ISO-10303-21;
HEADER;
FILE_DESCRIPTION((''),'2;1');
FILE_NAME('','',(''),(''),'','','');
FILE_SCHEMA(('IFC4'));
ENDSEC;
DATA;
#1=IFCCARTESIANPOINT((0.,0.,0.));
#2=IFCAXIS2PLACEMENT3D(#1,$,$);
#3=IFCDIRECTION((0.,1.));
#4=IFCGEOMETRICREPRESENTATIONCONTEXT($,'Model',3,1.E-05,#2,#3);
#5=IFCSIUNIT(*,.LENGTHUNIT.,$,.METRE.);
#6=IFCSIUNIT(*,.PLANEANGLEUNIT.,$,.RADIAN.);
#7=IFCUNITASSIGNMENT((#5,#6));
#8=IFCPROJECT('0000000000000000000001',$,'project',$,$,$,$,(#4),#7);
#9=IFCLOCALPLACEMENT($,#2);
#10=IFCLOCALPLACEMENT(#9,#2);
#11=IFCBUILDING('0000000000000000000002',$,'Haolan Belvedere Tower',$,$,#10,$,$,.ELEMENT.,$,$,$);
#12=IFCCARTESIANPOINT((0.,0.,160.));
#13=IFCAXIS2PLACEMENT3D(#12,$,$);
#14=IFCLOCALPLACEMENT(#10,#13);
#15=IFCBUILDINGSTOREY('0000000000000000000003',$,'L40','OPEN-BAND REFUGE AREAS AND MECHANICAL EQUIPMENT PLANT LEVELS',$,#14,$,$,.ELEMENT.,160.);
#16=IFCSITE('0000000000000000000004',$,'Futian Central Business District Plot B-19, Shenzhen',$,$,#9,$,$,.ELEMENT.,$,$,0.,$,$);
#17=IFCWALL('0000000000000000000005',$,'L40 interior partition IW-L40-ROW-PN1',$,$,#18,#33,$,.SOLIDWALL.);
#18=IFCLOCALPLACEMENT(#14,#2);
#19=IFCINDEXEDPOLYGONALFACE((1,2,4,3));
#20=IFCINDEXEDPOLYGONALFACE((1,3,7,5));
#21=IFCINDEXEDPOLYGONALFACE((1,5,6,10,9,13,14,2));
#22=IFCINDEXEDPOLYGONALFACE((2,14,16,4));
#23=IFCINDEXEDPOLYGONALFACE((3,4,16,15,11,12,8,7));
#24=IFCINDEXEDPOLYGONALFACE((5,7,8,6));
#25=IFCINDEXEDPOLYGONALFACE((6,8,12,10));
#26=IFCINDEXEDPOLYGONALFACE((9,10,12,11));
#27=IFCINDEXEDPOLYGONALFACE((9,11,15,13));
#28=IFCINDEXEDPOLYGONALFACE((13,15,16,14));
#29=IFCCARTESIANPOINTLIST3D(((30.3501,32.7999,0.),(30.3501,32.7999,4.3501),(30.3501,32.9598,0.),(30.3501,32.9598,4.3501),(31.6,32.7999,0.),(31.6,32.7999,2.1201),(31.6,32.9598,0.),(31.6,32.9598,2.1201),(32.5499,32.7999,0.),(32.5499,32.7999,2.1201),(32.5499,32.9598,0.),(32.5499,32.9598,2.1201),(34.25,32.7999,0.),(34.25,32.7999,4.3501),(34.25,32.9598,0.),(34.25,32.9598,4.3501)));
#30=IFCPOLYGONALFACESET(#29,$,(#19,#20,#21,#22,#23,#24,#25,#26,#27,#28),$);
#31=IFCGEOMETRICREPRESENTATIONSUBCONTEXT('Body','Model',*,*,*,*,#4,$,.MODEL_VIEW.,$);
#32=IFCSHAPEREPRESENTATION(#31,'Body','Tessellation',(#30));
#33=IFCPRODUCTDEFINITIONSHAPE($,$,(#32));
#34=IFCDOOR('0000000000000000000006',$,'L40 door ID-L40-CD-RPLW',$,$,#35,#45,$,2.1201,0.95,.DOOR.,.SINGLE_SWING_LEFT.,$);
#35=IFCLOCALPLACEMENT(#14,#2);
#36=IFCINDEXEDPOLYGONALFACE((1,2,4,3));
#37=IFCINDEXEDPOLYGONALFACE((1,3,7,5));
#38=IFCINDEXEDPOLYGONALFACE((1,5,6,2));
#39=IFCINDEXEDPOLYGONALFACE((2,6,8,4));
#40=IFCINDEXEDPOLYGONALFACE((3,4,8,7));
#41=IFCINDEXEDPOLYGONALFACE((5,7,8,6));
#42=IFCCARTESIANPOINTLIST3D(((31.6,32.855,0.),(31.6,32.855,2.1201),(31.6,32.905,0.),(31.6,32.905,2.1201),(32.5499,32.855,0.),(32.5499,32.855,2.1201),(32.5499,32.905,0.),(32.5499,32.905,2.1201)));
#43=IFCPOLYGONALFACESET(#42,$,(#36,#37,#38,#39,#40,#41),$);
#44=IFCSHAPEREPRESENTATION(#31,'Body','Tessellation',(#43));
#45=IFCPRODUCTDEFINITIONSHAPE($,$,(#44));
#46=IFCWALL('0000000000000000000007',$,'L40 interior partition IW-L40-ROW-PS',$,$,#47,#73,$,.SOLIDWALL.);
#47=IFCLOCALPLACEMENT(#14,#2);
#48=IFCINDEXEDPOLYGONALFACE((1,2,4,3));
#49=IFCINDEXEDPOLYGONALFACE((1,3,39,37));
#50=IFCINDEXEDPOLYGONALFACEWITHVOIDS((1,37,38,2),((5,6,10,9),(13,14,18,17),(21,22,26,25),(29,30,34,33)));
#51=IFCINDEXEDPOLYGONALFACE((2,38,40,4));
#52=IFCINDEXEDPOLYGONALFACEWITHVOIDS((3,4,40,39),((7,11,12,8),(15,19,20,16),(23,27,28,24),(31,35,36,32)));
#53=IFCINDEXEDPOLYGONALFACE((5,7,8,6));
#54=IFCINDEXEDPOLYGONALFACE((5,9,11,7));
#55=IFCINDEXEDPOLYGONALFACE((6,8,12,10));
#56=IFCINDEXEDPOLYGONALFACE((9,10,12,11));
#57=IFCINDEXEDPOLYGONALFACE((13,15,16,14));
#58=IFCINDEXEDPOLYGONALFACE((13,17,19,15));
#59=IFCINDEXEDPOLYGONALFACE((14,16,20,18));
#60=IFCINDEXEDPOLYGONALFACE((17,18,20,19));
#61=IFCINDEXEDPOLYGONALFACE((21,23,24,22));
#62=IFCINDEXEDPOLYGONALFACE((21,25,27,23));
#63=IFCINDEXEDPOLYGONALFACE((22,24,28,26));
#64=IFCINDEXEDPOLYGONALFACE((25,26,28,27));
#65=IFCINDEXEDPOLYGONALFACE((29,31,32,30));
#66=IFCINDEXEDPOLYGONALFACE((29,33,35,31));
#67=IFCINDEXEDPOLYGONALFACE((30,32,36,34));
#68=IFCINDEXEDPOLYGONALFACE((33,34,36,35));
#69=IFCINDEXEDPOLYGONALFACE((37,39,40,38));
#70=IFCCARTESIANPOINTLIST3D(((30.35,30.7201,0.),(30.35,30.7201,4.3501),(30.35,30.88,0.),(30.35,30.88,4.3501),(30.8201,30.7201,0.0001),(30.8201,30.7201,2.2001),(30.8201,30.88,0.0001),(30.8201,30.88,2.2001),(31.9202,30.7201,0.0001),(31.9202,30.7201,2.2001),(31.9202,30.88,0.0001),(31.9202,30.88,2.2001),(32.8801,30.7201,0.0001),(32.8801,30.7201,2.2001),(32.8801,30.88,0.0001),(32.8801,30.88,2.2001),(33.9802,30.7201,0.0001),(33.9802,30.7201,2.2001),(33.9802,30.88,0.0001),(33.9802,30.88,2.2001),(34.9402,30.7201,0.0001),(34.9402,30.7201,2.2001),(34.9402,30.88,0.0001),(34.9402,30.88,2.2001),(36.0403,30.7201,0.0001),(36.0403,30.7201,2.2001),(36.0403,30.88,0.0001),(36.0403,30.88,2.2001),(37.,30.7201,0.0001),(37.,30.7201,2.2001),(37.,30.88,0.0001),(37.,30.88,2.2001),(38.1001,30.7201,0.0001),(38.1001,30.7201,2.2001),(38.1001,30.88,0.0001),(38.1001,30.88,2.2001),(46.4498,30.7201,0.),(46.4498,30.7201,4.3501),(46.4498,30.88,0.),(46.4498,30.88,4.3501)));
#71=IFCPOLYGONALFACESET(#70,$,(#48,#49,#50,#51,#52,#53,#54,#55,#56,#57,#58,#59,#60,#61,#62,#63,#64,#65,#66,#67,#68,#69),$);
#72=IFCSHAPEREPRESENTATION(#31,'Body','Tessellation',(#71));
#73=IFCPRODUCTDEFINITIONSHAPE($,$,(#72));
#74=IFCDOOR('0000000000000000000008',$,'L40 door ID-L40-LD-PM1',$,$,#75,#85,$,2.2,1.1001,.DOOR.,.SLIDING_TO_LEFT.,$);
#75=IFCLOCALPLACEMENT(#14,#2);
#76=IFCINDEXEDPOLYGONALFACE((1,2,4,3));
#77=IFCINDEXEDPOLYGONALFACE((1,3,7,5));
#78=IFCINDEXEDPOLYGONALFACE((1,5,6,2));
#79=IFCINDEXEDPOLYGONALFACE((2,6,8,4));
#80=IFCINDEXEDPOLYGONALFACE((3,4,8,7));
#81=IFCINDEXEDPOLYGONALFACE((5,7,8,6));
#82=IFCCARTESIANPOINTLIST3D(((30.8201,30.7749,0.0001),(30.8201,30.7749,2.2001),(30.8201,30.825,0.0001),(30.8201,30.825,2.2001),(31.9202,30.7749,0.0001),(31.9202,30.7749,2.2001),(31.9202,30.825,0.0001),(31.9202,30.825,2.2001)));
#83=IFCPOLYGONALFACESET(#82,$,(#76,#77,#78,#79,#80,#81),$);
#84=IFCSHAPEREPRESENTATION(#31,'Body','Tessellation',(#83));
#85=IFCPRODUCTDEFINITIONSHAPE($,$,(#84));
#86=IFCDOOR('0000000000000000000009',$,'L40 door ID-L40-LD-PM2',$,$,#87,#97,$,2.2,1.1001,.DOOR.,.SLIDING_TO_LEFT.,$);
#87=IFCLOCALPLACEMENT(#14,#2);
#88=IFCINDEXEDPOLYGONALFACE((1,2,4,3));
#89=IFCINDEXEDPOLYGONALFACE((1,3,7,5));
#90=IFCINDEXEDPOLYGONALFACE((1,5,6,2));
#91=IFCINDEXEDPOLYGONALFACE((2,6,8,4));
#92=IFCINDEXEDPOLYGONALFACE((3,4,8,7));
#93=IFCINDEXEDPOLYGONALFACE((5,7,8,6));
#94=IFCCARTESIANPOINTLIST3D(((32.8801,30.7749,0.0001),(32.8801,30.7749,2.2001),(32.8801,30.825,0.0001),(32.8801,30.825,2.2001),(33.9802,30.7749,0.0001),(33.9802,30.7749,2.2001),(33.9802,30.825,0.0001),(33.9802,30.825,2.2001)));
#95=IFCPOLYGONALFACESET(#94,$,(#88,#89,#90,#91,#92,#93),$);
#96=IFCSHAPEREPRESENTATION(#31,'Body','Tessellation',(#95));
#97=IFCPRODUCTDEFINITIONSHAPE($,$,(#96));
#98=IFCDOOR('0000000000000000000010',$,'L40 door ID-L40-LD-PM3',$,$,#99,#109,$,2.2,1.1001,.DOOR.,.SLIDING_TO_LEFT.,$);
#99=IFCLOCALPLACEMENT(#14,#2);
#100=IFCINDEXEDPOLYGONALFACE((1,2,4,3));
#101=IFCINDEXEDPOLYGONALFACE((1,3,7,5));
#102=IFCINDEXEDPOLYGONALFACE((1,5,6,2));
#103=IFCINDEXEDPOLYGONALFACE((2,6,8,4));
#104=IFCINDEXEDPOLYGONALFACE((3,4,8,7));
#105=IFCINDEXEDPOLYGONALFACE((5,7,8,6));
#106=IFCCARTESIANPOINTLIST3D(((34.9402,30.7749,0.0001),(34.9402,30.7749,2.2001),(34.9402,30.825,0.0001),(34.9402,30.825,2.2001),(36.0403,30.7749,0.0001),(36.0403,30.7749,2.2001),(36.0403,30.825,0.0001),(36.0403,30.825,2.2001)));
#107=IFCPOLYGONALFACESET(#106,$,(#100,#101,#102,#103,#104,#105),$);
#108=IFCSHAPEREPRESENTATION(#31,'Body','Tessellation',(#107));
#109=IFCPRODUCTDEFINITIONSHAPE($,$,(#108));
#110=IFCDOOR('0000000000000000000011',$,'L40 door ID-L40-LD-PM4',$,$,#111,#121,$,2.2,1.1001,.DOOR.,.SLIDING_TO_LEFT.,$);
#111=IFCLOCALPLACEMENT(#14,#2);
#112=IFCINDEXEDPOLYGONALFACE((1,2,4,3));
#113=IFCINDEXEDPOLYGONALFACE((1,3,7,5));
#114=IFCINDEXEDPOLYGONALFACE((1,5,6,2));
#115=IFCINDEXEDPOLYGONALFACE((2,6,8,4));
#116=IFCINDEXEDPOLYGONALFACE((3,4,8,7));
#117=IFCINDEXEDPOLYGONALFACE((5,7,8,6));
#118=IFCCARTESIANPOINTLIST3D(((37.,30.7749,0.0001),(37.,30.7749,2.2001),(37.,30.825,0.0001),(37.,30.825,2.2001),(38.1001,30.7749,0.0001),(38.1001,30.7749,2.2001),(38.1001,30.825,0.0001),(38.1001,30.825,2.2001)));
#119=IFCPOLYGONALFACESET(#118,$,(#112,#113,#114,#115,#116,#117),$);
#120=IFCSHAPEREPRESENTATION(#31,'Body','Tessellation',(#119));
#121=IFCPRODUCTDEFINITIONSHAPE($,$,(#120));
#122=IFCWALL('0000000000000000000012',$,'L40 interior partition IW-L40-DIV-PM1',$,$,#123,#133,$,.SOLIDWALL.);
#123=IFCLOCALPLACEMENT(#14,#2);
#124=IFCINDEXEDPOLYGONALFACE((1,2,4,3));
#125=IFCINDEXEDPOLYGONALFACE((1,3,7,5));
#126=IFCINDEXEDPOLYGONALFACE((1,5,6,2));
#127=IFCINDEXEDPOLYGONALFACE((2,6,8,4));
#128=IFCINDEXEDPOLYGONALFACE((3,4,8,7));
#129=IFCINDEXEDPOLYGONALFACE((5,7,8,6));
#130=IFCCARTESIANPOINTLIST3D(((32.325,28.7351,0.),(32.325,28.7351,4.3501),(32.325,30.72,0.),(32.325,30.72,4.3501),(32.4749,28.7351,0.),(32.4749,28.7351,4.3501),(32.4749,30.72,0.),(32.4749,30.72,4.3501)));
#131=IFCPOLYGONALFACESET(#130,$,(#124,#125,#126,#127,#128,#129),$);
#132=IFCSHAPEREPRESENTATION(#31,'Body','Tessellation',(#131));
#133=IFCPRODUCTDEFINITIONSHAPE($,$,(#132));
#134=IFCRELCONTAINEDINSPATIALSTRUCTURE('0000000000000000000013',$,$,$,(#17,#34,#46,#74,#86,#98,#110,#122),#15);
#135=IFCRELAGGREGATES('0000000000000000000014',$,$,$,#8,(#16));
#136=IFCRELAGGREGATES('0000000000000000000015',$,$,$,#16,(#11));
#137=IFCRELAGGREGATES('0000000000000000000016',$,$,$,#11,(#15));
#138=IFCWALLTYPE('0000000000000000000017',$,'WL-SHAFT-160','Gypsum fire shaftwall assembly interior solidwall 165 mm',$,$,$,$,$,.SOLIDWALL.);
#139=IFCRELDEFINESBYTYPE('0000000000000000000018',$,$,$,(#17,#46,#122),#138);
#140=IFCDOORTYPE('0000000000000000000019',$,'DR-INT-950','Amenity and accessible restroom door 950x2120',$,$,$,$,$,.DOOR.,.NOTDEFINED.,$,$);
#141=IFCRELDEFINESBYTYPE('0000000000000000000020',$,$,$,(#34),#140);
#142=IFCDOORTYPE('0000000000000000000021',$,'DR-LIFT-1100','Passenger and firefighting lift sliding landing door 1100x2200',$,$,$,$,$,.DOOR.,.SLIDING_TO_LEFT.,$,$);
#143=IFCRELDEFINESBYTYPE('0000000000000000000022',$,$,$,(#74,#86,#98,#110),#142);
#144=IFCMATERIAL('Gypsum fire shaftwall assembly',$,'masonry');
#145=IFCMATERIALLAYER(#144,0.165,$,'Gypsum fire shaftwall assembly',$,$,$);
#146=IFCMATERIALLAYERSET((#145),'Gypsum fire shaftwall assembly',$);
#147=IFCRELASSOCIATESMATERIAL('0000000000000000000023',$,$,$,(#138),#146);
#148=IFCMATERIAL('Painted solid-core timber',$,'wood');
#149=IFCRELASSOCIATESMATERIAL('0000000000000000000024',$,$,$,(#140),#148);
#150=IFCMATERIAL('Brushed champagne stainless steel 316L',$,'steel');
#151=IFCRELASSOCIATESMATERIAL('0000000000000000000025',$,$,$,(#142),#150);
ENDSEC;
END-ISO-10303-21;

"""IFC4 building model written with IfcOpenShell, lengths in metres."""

from ifc_helpers import new_model, si_unit, direction, frame, frame_2d, origin, place, context, subcontext, project, spatial, rectangle, extrude, material, layer, layer_set, type_object, element, fill, save


model = new_model("IFC4")

# Units and contexts
model_context = context("Model", 3, precision=1e-05, world=origin(), true_north=direction((0.0, 1.0)))
body_context = subcontext(model_context, "Body", "Model", "MODEL_VIEW")
ifc_project = project(units=[si_unit("LENGTHUNIT", "METRE"), si_unit("PLANEANGLEUNIT", "RADIAN")], contexts=[model_context])

# Site, building, storey
site_placement = place(None, origin())
site = spatial("IfcSite", under=ifc_project, at=site_placement, Name="Futian Central Business District Plot B-19, Shenzhen", CompositionType="ELEMENT", RefElevation=0.0)
building_placement = place(site_placement, origin())
building = spatial("IfcBuilding", under=site, at=building_placement, Name="Haolan Belvedere Tower", CompositionType="ELEMENT")
storey_placement = place(building_placement, frame((0.0, 0.0, 160.0)))
storey = spatial("IfcBuildingStorey", under=building, at=storey_placement, Name="L40", Description="OPEN-BAND REFUGE AREAS AND MECHANICAL EQUIPMENT PLANT LEVELS", CompositionType="ELEMENT", Elevation=160.0)

# Wall, opening, door
ifc_material_1 = material(Name="Gypsum fire shaftwall assembly", Category="masonry")
ifc_layer_1 = layer(ifc_material_1, 0.165, Name="Gypsum fire shaftwall assembly")
ifc_layer_set_1 = layer_set([ifc_layer_1], Name="Gypsum fire shaftwall assembly")
wall_type_1 = type_object("IfcWallType", Name="WL-SHAFT-160", Description="Gypsum fire shaftwall assembly interior solidwall 165 mm", PredefinedType="SOLIDWALL", material=ifc_layer_set_1)
wall_1_placement = place(storey_placement, frame((30.3501, 32.8799, 0.0), z_axis=(0.0, 0.0, 1.0), x_axis=(1.0, 0.0, 0.0)))
wall_1 = element("IfcWall", 1, at=wall_1_placement, inside=storey, type_object=wall_type_1, Name="L40 interior partition IW-L40-ROW-PN1", PredefinedType="SOLIDWALL", context=body_context, shape_type="SweptSolid", body=[
    extrude(rectangle(XDim=3.8999, YDim=0.1599, at=frame_2d((1.95, 0.0))), origin(), (0.0, 0.0, 1.0), 4.3501),
])
opening_1_placement = place(wall_1_placement, frame((2.2, 0.0, 0.0), z_axis=(0.0, 0.0, 1.0), x_axis=(-1.0, 0.0, 0.0)))
opening_1 = element("IfcOpeningElement", 2, at=opening_1_placement, cuts=wall_1, PredefinedType="OPENING", context=body_context, shape_type="SweptSolid", body=[
    extrude(rectangle(XDim=0.95, YDim=2.1201, at=frame_2d((0.4751, 1.0601))), frame((0.0, 0.0898, 0.0), z_axis=(0.0, -1.0, 0.0), x_axis=(1.0, 0.0, 0.0)), (0.0, 0.0, 1.0), 0.1799),
])
ifc_material_2 = material(Name="Painted solid-core timber", Category="wood")
door_type_1 = type_object("IfcDoorType", Name="DR-INT-950", Description="Amenity and accessible restroom door 950x2120", OperationType="NOTDEFINED", PredefinedType="DOOR", material=ifc_material_2)
door_1_placement = place(opening_1_placement, origin())
door_1 = element("IfcDoor", 3, at=door_1_placement, inside=storey, type_object=door_type_1, Name="L40 door ID-L40-CD-RPLW", OperationType="SINGLE_SWING_LEFT", OverallHeight=2.1201, OverallWidth=0.95, PredefinedType="DOOR", context=body_context, shape_type="SweptSolid", body=[
    extrude(rectangle(XDim=0.95, YDim=2.1201, at=frame_2d((0.4751, 1.0601))), frame((0.0, 0.0249, 0.0), z_axis=(0.0, -1.0, 0.0), x_axis=(1.0, 0.0, 0.0)), (0.0, 0.0, 1.0), 0.05),
])
fill(opening_1, door_1)

# Wall, openings, doors
wall_2_placement = place(storey_placement, frame((30.3501, 30.8, 0.0), z_axis=(0.0, 0.0, 1.0), x_axis=(1.0, 0.0, 0.0)))
wall_2 = element("IfcWall", 4, at=wall_2_placement, inside=storey, type_object=wall_type_1, Name="L40 interior partition IW-L40-ROW-PS", PredefinedType="SOLIDWALL", context=body_context, shape_type="SweptSolid", body=[
    extrude(rectangle(XDim=16.0999, YDim=0.1599, at=frame_2d((8.0498, 0.0))), origin(), (0.0, 0.0, 1.0), 4.3501),
])
opening_2_placement = place(wall_2_placement, frame((0.47, 0.0, 0.0)))
opening_2 = element("IfcOpeningElement", 5, at=opening_2_placement, cuts=wall_2, PredefinedType="OPENING", context=body_context, shape_type="SweptSolid", body=[
    extrude(rectangle(XDim=1.1001, YDim=2.2, at=frame_2d((0.55, 1.1001))), frame((0.0, 0.0898, 0.0), z_axis=(0.0, -1.0, 0.0), x_axis=(1.0, 0.0, 0.0)), (0.0, 0.0, 1.0), 0.1799),
])
opening_3_placement = place(wall_2_placement, frame((2.53, 0.0, 0.0)))
opening_3 = element("IfcOpeningElement", 6, at=opening_3_placement, cuts=wall_2, PredefinedType="OPENING", context=body_context, shape_type="SweptSolid", body=[
    extrude(rectangle(XDim=1.1001, YDim=2.2, at=frame_2d((0.55, 1.1001))), frame((0.0, 0.0898, 0.0), z_axis=(0.0, -1.0, 0.0), x_axis=(1.0, 0.0, 0.0)), (0.0, 0.0, 1.0), 0.1799),
])
opening_4_placement = place(wall_2_placement, frame((4.5901, 0.0, 0.0)))
opening_4 = element("IfcOpeningElement", 7, at=opening_4_placement, cuts=wall_2, PredefinedType="OPENING", context=body_context, shape_type="SweptSolid", body=[
    extrude(rectangle(XDim=1.1001, YDim=2.2, at=frame_2d((0.55, 1.1001))), frame((0.0, 0.0898, 0.0), z_axis=(0.0, -1.0, 0.0), x_axis=(1.0, 0.0, 0.0)), (0.0, 0.0, 1.0), 0.1799),
])
opening_5_placement = place(wall_2_placement, frame((6.6499, 0.0, 0.0)))
opening_5 = element("IfcOpeningElement", 8, at=opening_5_placement, cuts=wall_2, PredefinedType="OPENING", context=body_context, shape_type="SweptSolid", body=[
    extrude(rectangle(XDim=1.1001, YDim=2.2, at=frame_2d((0.55, 1.1001))), frame((0.0, 0.0898, 0.0), z_axis=(0.0, -1.0, 0.0), x_axis=(1.0, 0.0, 0.0)), (0.0, 0.0, 1.0), 0.1799),
])
ifc_material_3 = material(Name="Brushed champagne stainless steel 316L", Category="steel")
door_type_2 = type_object("IfcDoorType", Name="DR-LIFT-1100", Description="Passenger and firefighting lift sliding landing door 1100x2200", OperationType="SLIDING_TO_LEFT", PredefinedType="DOOR", material=ifc_material_3)
door_2_placement = place(opening_2_placement, origin())
door_2 = element("IfcDoor", 9, at=door_2_placement, inside=storey, type_object=door_type_2, Name="L40 door ID-L40-LD-PM1", OperationType="SLIDING_TO_LEFT", OverallHeight=2.2, OverallWidth=1.1001, PredefinedType="DOOR", context=body_context, shape_type="SweptSolid", body=[
    extrude(rectangle(XDim=1.1001, YDim=2.2, at=frame_2d((0.55, 1.1001))), frame((0.0, 0.0249, 0.0), z_axis=(0.0, -1.0, 0.0), x_axis=(1.0, 0.0, 0.0)), (0.0, 0.0, 1.0), 0.05),
])
fill(opening_2, door_2)
door_3_placement = place(opening_3_placement, origin())
door_3 = element("IfcDoor", 10, at=door_3_placement, inside=storey, type_object=door_type_2, Name="L40 door ID-L40-LD-PM2", OperationType="SLIDING_TO_LEFT", OverallHeight=2.2, OverallWidth=1.1001, PredefinedType="DOOR", context=body_context, shape_type="SweptSolid", body=[
    extrude(rectangle(XDim=1.1001, YDim=2.2, at=frame_2d((0.55, 1.1001))), frame((0.0, 0.0249, 0.0), z_axis=(0.0, -1.0, 0.0), x_axis=(1.0, 0.0, 0.0)), (0.0, 0.0, 1.0), 0.05),
])
fill(opening_3, door_3)
door_4_placement = place(opening_4_placement, origin())
door_4 = element("IfcDoor", 11, at=door_4_placement, inside=storey, type_object=door_type_2, Name="L40 door ID-L40-LD-PM3", OperationType="SLIDING_TO_LEFT", OverallHeight=2.2, OverallWidth=1.1001, PredefinedType="DOOR", context=body_context, shape_type="SweptSolid", body=[
    extrude(rectangle(XDim=1.1001, YDim=2.2, at=frame_2d((0.55, 1.1001))), frame((0.0, 0.0249, 0.0), z_axis=(0.0, -1.0, 0.0), x_axis=(1.0, 0.0, 0.0)), (0.0, 0.0, 1.0), 0.05),
])
fill(opening_4, door_4)
door_5_placement = place(opening_5_placement, origin())
door_5 = element("IfcDoor", 12, at=door_5_placement, inside=storey, type_object=door_type_2, Name="L40 door ID-L40-LD-PM4", OperationType="SLIDING_TO_LEFT", OverallHeight=2.2, OverallWidth=1.1001, PredefinedType="DOOR", context=body_context, shape_type="SweptSolid", body=[
    extrude(rectangle(XDim=1.1001, YDim=2.2, at=frame_2d((0.55, 1.1001))), frame((0.0, 0.0249, 0.0), z_axis=(0.0, -1.0, 0.0), x_axis=(1.0, 0.0, 0.0)), (0.0, 0.0, 1.0), 0.05),
])
fill(opening_5, door_5)

# Wall
wall_3_placement = place(storey_placement, frame((32.3999, 28.7351, 0.0), z_axis=(0.0, 0.0, 1.0), x_axis=(0.0, 1.0, 0.0)))
element("IfcWall", 13, at=wall_3_placement, inside=storey, type_object=wall_type_1, Name="L40 interior partition IW-L40-DIV-PM1", PredefinedType="SOLIDWALL", context=body_context, shape_type="SweptSolid", body=[
    extrude(rectangle(XDim=1.9849, YDim=0.1499, at=frame_2d((0.9924, 0.0))), origin(), (0.0, 0.0, 1.0), 4.3501),
])

save(model, "model.ifc")
